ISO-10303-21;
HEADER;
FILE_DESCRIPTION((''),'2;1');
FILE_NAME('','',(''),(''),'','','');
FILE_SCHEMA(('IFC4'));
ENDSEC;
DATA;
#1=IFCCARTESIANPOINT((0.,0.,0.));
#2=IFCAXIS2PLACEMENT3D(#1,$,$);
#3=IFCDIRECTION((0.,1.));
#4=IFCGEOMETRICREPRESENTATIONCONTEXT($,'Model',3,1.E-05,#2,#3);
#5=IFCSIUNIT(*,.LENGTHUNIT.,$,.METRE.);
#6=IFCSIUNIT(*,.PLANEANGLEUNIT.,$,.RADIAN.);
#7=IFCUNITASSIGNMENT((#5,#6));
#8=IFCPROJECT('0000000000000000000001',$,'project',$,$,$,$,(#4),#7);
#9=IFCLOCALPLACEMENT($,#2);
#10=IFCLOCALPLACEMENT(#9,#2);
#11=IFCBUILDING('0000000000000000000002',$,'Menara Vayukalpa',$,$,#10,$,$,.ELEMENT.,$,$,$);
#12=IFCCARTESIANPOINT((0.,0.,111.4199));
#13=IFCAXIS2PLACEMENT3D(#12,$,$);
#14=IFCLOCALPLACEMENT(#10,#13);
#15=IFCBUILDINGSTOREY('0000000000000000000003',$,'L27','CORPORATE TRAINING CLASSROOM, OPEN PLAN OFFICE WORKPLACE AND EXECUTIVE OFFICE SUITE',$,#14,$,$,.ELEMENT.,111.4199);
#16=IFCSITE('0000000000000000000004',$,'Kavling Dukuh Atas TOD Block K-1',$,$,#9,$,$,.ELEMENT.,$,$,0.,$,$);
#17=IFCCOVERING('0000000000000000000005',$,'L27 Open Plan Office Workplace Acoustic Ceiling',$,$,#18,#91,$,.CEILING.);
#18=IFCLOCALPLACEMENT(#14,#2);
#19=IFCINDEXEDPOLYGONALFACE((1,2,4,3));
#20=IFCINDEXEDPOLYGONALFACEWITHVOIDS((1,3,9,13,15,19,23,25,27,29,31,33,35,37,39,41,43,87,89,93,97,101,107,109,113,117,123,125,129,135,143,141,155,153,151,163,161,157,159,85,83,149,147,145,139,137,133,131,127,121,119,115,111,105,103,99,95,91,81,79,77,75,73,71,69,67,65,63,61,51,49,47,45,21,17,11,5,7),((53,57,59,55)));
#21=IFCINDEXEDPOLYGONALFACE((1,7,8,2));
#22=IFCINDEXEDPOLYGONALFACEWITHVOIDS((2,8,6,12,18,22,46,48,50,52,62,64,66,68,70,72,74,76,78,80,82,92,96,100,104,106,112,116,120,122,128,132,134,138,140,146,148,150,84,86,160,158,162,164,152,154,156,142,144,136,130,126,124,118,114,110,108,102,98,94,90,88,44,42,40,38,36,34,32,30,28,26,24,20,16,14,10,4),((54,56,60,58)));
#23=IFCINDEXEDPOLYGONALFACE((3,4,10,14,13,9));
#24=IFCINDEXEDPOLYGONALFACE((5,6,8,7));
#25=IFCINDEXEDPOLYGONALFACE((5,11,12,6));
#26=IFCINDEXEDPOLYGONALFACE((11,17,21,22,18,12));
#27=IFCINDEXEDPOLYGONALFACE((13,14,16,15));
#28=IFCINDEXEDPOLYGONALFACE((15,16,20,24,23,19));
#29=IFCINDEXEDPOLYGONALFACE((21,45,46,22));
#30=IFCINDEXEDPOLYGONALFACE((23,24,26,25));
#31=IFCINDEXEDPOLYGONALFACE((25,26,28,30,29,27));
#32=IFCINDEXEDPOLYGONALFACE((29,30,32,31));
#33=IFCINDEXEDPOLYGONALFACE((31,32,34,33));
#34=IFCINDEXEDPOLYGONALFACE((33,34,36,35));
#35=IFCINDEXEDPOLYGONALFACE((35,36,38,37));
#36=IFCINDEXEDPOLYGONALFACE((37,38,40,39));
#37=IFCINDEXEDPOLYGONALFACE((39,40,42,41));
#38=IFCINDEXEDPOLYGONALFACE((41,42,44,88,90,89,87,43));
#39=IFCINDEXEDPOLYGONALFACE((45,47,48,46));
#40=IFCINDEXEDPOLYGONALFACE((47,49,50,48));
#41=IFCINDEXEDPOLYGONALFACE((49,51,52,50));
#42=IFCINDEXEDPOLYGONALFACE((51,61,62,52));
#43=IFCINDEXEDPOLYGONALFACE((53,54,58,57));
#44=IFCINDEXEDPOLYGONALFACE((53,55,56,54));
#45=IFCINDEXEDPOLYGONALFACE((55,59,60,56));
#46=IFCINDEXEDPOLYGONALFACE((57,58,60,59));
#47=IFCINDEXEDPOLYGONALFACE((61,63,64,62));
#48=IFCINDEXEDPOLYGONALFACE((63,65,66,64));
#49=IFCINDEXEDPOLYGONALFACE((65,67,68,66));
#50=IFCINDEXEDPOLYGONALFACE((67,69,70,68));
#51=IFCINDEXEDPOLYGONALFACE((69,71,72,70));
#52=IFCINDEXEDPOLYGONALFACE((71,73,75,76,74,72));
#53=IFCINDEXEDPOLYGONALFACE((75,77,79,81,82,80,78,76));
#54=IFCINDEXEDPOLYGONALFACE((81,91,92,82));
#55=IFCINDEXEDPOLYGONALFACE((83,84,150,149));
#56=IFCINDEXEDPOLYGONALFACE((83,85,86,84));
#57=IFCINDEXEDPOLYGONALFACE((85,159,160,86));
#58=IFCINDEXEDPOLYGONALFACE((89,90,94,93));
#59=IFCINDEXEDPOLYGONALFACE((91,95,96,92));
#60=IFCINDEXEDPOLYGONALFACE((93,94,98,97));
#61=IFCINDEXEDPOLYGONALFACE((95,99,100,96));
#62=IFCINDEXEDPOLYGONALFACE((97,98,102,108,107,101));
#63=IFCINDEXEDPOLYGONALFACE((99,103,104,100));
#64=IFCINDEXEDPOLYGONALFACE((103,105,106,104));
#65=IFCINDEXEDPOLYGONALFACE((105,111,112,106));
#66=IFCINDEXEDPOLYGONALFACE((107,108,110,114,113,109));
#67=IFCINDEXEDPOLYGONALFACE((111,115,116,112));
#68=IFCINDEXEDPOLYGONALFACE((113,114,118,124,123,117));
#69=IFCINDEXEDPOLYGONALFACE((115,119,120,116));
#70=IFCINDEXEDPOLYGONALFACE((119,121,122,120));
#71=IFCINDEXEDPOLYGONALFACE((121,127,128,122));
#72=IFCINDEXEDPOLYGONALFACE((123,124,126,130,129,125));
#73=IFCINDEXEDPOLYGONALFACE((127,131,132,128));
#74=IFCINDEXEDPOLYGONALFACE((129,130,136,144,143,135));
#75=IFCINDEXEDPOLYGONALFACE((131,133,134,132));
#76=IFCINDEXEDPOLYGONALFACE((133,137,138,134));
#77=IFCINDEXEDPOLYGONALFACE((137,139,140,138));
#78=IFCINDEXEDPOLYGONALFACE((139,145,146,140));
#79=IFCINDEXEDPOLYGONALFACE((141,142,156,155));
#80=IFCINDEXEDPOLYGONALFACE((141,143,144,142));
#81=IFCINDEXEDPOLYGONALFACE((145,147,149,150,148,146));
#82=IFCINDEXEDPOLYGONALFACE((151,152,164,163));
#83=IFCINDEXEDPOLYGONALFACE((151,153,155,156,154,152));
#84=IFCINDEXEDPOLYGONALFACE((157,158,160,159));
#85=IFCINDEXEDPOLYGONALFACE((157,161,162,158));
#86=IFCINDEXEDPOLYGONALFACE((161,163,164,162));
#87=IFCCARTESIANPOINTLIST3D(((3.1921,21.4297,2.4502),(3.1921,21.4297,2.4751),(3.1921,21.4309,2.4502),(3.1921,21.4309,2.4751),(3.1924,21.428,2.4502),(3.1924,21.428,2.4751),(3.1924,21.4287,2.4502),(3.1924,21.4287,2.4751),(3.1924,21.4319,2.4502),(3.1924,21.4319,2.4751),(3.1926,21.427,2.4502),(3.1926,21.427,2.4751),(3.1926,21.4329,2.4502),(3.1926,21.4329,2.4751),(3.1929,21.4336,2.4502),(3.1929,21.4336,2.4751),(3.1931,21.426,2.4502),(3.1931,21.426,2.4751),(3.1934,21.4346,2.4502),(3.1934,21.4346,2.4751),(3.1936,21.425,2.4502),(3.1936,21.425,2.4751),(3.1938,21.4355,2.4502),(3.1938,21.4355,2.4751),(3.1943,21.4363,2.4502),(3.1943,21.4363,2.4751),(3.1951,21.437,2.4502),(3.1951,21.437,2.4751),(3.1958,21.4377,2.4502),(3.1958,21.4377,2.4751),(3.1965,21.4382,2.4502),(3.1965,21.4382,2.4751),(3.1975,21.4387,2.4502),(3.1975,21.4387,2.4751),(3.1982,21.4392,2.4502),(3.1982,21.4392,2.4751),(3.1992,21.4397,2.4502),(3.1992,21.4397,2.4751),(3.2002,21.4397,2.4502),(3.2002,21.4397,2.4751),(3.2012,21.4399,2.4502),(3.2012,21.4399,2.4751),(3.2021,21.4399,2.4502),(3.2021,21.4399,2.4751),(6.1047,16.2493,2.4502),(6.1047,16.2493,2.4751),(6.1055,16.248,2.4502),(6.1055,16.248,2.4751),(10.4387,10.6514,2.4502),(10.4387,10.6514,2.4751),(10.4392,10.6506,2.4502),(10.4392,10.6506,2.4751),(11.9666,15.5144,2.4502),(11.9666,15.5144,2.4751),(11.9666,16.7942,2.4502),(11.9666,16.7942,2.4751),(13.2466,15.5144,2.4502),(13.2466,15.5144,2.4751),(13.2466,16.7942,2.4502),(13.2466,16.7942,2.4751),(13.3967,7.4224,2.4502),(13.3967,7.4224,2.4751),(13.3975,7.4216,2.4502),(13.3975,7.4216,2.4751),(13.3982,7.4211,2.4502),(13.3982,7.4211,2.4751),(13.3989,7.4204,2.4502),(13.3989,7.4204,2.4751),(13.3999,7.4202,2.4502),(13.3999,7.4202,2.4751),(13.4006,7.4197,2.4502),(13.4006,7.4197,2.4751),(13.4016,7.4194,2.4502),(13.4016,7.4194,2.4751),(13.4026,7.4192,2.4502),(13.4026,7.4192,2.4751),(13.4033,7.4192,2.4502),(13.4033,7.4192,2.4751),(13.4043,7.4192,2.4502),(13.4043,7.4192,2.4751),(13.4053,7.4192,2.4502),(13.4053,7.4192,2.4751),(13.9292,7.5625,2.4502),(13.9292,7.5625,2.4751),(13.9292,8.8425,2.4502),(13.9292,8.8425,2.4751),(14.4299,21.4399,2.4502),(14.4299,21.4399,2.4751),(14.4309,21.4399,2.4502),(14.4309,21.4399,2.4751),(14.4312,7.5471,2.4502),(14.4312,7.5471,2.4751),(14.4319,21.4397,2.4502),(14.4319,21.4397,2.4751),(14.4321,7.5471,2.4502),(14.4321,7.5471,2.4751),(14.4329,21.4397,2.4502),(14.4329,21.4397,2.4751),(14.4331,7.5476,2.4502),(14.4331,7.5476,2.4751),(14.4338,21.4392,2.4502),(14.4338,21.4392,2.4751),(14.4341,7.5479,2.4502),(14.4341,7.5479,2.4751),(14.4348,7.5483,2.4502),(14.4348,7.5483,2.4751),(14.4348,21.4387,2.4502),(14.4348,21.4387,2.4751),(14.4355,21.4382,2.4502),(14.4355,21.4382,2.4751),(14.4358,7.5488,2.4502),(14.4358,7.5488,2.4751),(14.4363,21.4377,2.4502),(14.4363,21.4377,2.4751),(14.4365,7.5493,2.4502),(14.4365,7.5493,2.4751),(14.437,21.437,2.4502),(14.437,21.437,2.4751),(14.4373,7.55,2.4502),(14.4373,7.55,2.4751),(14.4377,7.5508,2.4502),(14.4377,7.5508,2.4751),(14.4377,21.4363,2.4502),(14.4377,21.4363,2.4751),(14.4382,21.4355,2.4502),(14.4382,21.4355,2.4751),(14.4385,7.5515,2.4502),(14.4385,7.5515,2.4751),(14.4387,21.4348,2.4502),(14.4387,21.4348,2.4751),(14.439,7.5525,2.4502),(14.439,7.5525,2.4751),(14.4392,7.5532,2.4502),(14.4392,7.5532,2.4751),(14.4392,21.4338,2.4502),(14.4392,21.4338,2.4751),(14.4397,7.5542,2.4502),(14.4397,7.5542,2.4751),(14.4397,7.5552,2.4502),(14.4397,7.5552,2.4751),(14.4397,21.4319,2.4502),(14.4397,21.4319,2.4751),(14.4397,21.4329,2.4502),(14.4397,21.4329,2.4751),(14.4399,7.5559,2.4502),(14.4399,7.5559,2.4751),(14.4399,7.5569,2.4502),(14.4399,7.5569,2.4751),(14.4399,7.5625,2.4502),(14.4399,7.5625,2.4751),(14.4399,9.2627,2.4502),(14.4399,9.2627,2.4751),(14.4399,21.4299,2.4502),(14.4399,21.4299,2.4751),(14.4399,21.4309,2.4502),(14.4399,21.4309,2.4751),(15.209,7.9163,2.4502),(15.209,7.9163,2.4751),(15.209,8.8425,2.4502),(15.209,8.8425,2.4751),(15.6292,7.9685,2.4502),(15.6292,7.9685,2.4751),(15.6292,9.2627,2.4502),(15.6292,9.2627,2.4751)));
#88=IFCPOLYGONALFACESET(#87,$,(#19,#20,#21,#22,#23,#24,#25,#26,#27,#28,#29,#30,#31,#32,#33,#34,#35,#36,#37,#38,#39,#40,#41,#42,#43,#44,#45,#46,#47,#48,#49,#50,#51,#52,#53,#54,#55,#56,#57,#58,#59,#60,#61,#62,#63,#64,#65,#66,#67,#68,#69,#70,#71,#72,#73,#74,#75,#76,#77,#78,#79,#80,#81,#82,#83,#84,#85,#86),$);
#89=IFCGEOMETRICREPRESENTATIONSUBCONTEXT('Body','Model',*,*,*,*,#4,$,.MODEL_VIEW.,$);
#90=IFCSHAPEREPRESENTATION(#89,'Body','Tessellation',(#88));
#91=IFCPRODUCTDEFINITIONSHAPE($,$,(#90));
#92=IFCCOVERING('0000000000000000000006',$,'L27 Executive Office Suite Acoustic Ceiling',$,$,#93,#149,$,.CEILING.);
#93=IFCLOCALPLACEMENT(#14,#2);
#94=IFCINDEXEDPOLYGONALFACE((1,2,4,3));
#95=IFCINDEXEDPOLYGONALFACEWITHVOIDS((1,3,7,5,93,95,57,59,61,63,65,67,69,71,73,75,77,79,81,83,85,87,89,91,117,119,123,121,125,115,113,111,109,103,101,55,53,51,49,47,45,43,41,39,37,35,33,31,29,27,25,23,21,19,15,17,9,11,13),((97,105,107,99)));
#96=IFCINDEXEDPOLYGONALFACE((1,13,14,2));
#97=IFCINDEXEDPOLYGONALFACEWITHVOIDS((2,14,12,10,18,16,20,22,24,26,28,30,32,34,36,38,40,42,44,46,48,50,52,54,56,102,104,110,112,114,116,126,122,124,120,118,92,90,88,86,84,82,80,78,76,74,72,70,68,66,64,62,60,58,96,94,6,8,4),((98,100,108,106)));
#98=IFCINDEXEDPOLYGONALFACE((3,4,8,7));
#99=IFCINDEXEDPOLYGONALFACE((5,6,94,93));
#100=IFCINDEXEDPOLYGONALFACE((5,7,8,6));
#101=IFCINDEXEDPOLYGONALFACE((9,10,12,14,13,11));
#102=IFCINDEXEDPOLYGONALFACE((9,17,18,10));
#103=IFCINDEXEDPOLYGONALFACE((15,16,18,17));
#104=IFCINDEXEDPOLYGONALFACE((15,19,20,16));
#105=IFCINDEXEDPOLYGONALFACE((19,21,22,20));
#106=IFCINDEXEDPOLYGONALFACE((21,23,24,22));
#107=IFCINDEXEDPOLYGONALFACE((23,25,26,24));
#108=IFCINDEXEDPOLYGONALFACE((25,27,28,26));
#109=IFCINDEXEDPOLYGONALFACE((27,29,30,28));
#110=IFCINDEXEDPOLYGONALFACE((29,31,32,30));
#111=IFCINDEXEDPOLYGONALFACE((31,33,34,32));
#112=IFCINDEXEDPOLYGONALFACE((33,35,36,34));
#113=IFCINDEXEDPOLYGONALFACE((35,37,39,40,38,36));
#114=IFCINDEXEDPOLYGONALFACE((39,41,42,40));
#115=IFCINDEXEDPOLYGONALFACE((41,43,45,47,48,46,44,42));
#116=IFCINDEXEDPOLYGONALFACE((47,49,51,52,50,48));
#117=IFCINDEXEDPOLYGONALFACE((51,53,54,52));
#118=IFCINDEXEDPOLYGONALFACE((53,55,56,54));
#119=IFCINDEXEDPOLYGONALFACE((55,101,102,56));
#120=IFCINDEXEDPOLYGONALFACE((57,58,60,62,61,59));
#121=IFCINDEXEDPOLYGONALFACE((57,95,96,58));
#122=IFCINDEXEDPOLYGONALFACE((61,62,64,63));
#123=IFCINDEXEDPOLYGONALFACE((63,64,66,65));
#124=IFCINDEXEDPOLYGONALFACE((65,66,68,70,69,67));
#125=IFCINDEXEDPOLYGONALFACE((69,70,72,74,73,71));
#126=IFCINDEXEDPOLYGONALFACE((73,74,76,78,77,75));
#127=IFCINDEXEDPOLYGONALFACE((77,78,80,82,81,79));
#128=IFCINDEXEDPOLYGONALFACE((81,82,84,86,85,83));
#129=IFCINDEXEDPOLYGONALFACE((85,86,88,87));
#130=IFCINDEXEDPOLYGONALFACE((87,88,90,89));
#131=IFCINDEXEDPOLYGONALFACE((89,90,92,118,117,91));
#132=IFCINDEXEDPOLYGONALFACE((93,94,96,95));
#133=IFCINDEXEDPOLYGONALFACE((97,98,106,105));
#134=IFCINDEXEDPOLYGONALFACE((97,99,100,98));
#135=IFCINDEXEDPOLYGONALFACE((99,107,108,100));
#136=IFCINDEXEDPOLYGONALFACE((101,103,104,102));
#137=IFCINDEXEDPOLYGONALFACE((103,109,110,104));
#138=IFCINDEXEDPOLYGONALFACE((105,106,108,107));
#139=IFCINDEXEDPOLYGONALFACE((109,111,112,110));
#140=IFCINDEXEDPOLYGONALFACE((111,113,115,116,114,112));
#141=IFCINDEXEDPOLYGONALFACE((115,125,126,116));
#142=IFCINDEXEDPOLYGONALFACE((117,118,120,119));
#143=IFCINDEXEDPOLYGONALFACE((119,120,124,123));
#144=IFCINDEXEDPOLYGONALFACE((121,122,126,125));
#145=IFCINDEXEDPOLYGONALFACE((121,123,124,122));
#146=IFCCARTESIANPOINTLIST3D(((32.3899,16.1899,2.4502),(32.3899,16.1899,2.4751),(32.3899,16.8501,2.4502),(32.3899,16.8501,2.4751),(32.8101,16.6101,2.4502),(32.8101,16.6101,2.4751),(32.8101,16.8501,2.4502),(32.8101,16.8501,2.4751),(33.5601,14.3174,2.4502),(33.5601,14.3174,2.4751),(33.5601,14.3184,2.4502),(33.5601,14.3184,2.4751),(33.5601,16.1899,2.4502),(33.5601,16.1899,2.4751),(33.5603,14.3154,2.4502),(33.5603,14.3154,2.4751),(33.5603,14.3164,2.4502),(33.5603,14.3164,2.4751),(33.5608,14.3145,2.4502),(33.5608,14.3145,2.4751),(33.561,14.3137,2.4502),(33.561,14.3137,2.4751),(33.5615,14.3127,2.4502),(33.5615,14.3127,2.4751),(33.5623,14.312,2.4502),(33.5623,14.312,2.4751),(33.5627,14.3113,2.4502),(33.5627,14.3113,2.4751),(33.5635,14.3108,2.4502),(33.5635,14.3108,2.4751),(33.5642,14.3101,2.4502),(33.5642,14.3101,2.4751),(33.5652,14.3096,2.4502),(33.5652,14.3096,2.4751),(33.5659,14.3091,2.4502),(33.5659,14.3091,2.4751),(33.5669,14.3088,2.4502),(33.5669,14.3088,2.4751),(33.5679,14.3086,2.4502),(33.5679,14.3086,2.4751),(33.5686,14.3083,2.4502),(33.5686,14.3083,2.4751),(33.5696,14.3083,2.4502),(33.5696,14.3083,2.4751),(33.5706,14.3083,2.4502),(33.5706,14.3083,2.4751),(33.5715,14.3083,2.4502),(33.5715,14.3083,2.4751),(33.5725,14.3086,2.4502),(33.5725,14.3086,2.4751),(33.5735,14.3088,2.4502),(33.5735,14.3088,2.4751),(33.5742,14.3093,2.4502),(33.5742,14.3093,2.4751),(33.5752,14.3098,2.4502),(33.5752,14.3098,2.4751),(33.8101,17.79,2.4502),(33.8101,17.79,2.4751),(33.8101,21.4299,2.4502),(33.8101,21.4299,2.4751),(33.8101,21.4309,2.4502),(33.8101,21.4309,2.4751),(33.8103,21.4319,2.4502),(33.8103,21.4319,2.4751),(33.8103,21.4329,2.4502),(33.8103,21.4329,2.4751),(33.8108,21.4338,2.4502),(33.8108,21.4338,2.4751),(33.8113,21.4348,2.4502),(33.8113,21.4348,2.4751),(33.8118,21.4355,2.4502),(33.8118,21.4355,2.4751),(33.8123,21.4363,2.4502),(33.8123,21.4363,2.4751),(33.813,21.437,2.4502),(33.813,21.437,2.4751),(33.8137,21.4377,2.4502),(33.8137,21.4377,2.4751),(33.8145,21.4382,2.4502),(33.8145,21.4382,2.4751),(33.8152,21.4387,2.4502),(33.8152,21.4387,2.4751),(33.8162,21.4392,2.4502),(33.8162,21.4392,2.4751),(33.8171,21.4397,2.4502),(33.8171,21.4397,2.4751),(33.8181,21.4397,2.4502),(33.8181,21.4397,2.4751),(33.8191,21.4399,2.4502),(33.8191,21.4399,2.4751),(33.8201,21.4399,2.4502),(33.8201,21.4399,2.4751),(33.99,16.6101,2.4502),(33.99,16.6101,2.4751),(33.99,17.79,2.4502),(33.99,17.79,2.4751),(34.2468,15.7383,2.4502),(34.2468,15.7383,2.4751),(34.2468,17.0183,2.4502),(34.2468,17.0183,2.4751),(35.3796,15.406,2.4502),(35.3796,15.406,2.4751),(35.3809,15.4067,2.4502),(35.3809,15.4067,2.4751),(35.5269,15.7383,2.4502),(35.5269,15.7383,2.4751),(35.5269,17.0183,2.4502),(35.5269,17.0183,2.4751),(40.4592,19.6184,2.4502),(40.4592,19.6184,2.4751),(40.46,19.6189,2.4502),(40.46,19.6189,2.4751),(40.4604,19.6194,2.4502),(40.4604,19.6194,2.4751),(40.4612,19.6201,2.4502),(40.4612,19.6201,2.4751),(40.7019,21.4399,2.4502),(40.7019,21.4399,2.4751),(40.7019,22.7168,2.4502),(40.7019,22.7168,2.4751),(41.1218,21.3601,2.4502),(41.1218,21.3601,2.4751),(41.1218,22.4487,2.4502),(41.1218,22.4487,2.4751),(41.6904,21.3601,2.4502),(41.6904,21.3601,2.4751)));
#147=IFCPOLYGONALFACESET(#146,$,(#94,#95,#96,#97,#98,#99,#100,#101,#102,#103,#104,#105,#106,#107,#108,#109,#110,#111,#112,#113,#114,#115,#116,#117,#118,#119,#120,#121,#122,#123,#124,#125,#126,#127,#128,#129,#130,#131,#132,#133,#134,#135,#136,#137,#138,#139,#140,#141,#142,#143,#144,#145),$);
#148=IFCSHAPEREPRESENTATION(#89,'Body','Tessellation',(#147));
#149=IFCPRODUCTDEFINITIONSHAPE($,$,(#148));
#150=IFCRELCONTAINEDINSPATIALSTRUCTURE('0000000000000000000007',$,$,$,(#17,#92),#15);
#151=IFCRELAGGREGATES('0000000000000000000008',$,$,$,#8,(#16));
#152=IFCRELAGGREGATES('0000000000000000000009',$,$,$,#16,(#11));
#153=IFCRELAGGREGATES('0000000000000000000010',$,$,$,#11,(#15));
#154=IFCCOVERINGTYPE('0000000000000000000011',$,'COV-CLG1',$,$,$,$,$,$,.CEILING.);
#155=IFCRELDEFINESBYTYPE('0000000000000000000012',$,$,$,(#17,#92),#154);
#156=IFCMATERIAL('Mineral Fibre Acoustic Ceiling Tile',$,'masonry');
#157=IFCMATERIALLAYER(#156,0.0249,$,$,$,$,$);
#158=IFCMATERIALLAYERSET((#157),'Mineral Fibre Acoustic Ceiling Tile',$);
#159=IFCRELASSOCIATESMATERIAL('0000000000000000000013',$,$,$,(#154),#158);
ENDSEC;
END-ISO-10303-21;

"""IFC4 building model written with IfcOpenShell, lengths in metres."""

from ifc_helpers import new_model, si_unit, direction, frame, origin, place, context, subcontext, project, spatial, polyline, outline, extrude, material, layer, layer_set, type_object, element, save


model = new_model("IFC4")

# Units and contexts
model_context = context("Model", 3, precision=1e-05, world=origin(), true_north=direction((0.0, 1.0)))
body_context = subcontext(model_context, "Body", "Model", "MODEL_VIEW")
ifc_project = project(units=[si_unit("LENGTHUNIT", "METRE"), si_unit("PLANEANGLEUNIT", "RADIAN")], contexts=[model_context])

# Site, building, storey
site_placement = place(None, origin())
site = spatial("IfcSite", under=ifc_project, at=site_placement, Name="Kavling Dukuh Atas TOD Block K-1", CompositionType="ELEMENT", RefElevation=0.0)
building_placement = place(site_placement, origin())
building = spatial("IfcBuilding", under=site, at=building_placement, Name="Menara Vayukalpa", CompositionType="ELEMENT")
storey_placement = place(building_placement, frame((0.0, 0.0, 111.4199)))
storey = spatial("IfcBuildingStorey", under=building, at=storey_placement, Name="L27", Description="CORPORATE TRAINING CLASSROOM, OPEN PLAN OFFICE WORKPLACE AND EXECUTIVE OFFICE SUITE", CompositionType="ELEMENT", Elevation=111.4199)

# Coverings
ifc_material_1 = material(Name="Mineral Fibre Acoustic Ceiling Tile", Category="masonry")
ifc_layer_1 = layer(ifc_material_1, 0.0249)
ifc_layer_set_1 = layer_set([ifc_layer_1], Name="Mineral Fibre Acoustic Ceiling Tile")
covering_type_1 = type_object("IfcCoveringType", Name="COV-CLG1", PredefinedType="CEILING", material=ifc_layer_set_1)
covering_1_placement = place(storey_placement, frame((0.0, 0.0, 2.4502)))
element("IfcCovering", 1, at=covering_1_placement, inside=storey, type_object=covering_type_1, Name="L27 Open Plan Office Workplace Acoustic Ceiling", PredefinedType="CEILING", context=body_context, shape_type="SweptSolid", body=[
    extrude(outline(polyline([(15.6292, 7.9685), (15.209, 7.9163), (15.209, 8.8425), (13.9292, 8.8425), (13.9292, 7.5625), (14.4399, 7.5625), (14.4399, 7.5569), (14.4399, 7.5559), (14.4397, 7.5552), (14.4397, 7.5542), (14.4392, 7.5532), (14.439, 7.5525), (14.4385, 7.5515), (14.4377, 7.5508), (14.4373, 7.55), (14.4365, 7.5493), (14.4358, 7.5488), (14.4348, 7.5483), (14.4341, 7.5479), (14.4331, 7.5476), (14.4321, 7.5471), (14.4312, 7.5471), (13.4053, 7.4192), (13.4043, 7.4192), (13.4033, 7.4192), (13.4026, 7.4192), (13.4016, 7.4194), (13.4006, 7.4197), (13.3999, 7.4202), (13.3989, 7.4204), (13.3982, 7.4211), (13.3975, 7.4216), (13.3967, 7.4224), (10.4392, 10.6506), (10.4387, 10.6514), (6.1055, 16.248), (6.1047, 16.2493), (3.1936, 21.425), (3.1931, 21.426), (3.1926, 21.427), (3.1924, 21.428), (3.1924, 21.4287), (3.1921, 21.4297), (3.1921, 21.4309), (3.1924, 21.4319), (3.1926, 21.4329), (3.1929, 21.4336), (3.1934, 21.4346), (3.1938, 21.4355), (3.1943, 21.4363), (3.1951, 21.437), (3.1958, 21.4377), (3.1965, 21.4382), (3.1975, 21.4387), (3.1982, 21.4392), (3.1992, 21.4397), (3.2002, 21.4397), (3.2012, 21.4399), (3.2021, 21.4399), (14.4299, 21.4399), (14.4309, 21.4399), (14.4319, 21.4397), (14.4329, 21.4397), (14.4338, 21.4392), (14.4348, 21.4387), (14.4355, 21.4382), (14.4363, 21.4377), (14.437, 21.437), (14.4377, 21.4363), (14.4382, 21.4355), (14.4387, 21.4348), (14.4392, 21.4338), (14.4397, 21.4329), (14.4397, 21.4319), (14.4399, 21.4309), (14.4399, 21.4299), (14.4399, 9.2627), (15.6292, 9.2627), (15.6292, 7.9685)]), holes=[polyline([(13.2466, 16.7942), (11.9666, 16.7942), (11.9666, 15.5144), (13.2466, 15.5144), (13.2466, 16.7942)])]), origin(), (0.0, 0.0, 1.0), 0.0249),
])
covering_2_placement = place(storey_placement, frame((0.0, 0.0, 2.4502)))
element("IfcCovering", 2, at=covering_2_placement, inside=storey, type_object=covering_type_1, Name="L27 Executive Office Suite Acoustic Ceiling", PredefinedType="CEILING", context=body_context, shape_type="SweptSolid", body=[
    extrude(outline(polyline([(32.3899, 16.8501), (32.8101, 16.8501), (32.8101, 16.6101), (33.99, 16.6101), (33.99, 17.79), (33.8101, 17.79), (33.8101, 21.4299), (33.8101, 21.4309), (33.8103, 21.4319), (33.8103, 21.4329), (33.8108, 21.4338), (33.8113, 21.4348), (33.8118, 21.4355), (33.8123, 21.4363), (33.813, 21.437), (33.8137, 21.4377), (33.8145, 21.4382), (33.8152, 21.4387), (33.8162, 21.4392), (33.8171, 21.4397), (33.8181, 21.4397), (33.8191, 21.4399), (33.8201, 21.4399), (40.7019, 21.4399), (40.7019, 22.7168), (41.1218, 22.4487), (41.1218, 21.3601), (41.6904, 21.3601), (40.4612, 19.6201), (40.4604, 19.6194), (40.46, 19.6189), (40.4592, 19.6184), (35.3809, 15.4067), (35.3796, 15.406), (33.5752, 14.3098), (33.5742, 14.3093), (33.5735, 14.3088), (33.5725, 14.3086), (33.5715, 14.3083), (33.5706, 14.3083), (33.5696, 14.3083), (33.5686, 14.3083), (33.5679, 14.3086), (33.5669, 14.3088), (33.5659, 14.3091), (33.5652, 14.3096), (33.5642, 14.3101), (33.5635, 14.3108), (33.5627, 14.3113), (33.5623, 14.312), (33.5615, 14.3127), (33.561, 14.3137), (33.5608, 14.3145), (33.5603, 14.3154), (33.5603, 14.3164), (33.5601, 14.3174), (33.5601, 14.3184), (33.5601, 16.1899), (32.3899, 16.1899), (32.3899, 16.8501)]), holes=[polyline([(35.5269, 17.0183), (34.2468, 17.0183), (34.2468, 15.7383), (35.5269, 15.7383), (35.5269, 17.0183)])]), origin(), (0.0, 0.0, 1.0), 0.0249),
])

save(model, "model.ifc")
